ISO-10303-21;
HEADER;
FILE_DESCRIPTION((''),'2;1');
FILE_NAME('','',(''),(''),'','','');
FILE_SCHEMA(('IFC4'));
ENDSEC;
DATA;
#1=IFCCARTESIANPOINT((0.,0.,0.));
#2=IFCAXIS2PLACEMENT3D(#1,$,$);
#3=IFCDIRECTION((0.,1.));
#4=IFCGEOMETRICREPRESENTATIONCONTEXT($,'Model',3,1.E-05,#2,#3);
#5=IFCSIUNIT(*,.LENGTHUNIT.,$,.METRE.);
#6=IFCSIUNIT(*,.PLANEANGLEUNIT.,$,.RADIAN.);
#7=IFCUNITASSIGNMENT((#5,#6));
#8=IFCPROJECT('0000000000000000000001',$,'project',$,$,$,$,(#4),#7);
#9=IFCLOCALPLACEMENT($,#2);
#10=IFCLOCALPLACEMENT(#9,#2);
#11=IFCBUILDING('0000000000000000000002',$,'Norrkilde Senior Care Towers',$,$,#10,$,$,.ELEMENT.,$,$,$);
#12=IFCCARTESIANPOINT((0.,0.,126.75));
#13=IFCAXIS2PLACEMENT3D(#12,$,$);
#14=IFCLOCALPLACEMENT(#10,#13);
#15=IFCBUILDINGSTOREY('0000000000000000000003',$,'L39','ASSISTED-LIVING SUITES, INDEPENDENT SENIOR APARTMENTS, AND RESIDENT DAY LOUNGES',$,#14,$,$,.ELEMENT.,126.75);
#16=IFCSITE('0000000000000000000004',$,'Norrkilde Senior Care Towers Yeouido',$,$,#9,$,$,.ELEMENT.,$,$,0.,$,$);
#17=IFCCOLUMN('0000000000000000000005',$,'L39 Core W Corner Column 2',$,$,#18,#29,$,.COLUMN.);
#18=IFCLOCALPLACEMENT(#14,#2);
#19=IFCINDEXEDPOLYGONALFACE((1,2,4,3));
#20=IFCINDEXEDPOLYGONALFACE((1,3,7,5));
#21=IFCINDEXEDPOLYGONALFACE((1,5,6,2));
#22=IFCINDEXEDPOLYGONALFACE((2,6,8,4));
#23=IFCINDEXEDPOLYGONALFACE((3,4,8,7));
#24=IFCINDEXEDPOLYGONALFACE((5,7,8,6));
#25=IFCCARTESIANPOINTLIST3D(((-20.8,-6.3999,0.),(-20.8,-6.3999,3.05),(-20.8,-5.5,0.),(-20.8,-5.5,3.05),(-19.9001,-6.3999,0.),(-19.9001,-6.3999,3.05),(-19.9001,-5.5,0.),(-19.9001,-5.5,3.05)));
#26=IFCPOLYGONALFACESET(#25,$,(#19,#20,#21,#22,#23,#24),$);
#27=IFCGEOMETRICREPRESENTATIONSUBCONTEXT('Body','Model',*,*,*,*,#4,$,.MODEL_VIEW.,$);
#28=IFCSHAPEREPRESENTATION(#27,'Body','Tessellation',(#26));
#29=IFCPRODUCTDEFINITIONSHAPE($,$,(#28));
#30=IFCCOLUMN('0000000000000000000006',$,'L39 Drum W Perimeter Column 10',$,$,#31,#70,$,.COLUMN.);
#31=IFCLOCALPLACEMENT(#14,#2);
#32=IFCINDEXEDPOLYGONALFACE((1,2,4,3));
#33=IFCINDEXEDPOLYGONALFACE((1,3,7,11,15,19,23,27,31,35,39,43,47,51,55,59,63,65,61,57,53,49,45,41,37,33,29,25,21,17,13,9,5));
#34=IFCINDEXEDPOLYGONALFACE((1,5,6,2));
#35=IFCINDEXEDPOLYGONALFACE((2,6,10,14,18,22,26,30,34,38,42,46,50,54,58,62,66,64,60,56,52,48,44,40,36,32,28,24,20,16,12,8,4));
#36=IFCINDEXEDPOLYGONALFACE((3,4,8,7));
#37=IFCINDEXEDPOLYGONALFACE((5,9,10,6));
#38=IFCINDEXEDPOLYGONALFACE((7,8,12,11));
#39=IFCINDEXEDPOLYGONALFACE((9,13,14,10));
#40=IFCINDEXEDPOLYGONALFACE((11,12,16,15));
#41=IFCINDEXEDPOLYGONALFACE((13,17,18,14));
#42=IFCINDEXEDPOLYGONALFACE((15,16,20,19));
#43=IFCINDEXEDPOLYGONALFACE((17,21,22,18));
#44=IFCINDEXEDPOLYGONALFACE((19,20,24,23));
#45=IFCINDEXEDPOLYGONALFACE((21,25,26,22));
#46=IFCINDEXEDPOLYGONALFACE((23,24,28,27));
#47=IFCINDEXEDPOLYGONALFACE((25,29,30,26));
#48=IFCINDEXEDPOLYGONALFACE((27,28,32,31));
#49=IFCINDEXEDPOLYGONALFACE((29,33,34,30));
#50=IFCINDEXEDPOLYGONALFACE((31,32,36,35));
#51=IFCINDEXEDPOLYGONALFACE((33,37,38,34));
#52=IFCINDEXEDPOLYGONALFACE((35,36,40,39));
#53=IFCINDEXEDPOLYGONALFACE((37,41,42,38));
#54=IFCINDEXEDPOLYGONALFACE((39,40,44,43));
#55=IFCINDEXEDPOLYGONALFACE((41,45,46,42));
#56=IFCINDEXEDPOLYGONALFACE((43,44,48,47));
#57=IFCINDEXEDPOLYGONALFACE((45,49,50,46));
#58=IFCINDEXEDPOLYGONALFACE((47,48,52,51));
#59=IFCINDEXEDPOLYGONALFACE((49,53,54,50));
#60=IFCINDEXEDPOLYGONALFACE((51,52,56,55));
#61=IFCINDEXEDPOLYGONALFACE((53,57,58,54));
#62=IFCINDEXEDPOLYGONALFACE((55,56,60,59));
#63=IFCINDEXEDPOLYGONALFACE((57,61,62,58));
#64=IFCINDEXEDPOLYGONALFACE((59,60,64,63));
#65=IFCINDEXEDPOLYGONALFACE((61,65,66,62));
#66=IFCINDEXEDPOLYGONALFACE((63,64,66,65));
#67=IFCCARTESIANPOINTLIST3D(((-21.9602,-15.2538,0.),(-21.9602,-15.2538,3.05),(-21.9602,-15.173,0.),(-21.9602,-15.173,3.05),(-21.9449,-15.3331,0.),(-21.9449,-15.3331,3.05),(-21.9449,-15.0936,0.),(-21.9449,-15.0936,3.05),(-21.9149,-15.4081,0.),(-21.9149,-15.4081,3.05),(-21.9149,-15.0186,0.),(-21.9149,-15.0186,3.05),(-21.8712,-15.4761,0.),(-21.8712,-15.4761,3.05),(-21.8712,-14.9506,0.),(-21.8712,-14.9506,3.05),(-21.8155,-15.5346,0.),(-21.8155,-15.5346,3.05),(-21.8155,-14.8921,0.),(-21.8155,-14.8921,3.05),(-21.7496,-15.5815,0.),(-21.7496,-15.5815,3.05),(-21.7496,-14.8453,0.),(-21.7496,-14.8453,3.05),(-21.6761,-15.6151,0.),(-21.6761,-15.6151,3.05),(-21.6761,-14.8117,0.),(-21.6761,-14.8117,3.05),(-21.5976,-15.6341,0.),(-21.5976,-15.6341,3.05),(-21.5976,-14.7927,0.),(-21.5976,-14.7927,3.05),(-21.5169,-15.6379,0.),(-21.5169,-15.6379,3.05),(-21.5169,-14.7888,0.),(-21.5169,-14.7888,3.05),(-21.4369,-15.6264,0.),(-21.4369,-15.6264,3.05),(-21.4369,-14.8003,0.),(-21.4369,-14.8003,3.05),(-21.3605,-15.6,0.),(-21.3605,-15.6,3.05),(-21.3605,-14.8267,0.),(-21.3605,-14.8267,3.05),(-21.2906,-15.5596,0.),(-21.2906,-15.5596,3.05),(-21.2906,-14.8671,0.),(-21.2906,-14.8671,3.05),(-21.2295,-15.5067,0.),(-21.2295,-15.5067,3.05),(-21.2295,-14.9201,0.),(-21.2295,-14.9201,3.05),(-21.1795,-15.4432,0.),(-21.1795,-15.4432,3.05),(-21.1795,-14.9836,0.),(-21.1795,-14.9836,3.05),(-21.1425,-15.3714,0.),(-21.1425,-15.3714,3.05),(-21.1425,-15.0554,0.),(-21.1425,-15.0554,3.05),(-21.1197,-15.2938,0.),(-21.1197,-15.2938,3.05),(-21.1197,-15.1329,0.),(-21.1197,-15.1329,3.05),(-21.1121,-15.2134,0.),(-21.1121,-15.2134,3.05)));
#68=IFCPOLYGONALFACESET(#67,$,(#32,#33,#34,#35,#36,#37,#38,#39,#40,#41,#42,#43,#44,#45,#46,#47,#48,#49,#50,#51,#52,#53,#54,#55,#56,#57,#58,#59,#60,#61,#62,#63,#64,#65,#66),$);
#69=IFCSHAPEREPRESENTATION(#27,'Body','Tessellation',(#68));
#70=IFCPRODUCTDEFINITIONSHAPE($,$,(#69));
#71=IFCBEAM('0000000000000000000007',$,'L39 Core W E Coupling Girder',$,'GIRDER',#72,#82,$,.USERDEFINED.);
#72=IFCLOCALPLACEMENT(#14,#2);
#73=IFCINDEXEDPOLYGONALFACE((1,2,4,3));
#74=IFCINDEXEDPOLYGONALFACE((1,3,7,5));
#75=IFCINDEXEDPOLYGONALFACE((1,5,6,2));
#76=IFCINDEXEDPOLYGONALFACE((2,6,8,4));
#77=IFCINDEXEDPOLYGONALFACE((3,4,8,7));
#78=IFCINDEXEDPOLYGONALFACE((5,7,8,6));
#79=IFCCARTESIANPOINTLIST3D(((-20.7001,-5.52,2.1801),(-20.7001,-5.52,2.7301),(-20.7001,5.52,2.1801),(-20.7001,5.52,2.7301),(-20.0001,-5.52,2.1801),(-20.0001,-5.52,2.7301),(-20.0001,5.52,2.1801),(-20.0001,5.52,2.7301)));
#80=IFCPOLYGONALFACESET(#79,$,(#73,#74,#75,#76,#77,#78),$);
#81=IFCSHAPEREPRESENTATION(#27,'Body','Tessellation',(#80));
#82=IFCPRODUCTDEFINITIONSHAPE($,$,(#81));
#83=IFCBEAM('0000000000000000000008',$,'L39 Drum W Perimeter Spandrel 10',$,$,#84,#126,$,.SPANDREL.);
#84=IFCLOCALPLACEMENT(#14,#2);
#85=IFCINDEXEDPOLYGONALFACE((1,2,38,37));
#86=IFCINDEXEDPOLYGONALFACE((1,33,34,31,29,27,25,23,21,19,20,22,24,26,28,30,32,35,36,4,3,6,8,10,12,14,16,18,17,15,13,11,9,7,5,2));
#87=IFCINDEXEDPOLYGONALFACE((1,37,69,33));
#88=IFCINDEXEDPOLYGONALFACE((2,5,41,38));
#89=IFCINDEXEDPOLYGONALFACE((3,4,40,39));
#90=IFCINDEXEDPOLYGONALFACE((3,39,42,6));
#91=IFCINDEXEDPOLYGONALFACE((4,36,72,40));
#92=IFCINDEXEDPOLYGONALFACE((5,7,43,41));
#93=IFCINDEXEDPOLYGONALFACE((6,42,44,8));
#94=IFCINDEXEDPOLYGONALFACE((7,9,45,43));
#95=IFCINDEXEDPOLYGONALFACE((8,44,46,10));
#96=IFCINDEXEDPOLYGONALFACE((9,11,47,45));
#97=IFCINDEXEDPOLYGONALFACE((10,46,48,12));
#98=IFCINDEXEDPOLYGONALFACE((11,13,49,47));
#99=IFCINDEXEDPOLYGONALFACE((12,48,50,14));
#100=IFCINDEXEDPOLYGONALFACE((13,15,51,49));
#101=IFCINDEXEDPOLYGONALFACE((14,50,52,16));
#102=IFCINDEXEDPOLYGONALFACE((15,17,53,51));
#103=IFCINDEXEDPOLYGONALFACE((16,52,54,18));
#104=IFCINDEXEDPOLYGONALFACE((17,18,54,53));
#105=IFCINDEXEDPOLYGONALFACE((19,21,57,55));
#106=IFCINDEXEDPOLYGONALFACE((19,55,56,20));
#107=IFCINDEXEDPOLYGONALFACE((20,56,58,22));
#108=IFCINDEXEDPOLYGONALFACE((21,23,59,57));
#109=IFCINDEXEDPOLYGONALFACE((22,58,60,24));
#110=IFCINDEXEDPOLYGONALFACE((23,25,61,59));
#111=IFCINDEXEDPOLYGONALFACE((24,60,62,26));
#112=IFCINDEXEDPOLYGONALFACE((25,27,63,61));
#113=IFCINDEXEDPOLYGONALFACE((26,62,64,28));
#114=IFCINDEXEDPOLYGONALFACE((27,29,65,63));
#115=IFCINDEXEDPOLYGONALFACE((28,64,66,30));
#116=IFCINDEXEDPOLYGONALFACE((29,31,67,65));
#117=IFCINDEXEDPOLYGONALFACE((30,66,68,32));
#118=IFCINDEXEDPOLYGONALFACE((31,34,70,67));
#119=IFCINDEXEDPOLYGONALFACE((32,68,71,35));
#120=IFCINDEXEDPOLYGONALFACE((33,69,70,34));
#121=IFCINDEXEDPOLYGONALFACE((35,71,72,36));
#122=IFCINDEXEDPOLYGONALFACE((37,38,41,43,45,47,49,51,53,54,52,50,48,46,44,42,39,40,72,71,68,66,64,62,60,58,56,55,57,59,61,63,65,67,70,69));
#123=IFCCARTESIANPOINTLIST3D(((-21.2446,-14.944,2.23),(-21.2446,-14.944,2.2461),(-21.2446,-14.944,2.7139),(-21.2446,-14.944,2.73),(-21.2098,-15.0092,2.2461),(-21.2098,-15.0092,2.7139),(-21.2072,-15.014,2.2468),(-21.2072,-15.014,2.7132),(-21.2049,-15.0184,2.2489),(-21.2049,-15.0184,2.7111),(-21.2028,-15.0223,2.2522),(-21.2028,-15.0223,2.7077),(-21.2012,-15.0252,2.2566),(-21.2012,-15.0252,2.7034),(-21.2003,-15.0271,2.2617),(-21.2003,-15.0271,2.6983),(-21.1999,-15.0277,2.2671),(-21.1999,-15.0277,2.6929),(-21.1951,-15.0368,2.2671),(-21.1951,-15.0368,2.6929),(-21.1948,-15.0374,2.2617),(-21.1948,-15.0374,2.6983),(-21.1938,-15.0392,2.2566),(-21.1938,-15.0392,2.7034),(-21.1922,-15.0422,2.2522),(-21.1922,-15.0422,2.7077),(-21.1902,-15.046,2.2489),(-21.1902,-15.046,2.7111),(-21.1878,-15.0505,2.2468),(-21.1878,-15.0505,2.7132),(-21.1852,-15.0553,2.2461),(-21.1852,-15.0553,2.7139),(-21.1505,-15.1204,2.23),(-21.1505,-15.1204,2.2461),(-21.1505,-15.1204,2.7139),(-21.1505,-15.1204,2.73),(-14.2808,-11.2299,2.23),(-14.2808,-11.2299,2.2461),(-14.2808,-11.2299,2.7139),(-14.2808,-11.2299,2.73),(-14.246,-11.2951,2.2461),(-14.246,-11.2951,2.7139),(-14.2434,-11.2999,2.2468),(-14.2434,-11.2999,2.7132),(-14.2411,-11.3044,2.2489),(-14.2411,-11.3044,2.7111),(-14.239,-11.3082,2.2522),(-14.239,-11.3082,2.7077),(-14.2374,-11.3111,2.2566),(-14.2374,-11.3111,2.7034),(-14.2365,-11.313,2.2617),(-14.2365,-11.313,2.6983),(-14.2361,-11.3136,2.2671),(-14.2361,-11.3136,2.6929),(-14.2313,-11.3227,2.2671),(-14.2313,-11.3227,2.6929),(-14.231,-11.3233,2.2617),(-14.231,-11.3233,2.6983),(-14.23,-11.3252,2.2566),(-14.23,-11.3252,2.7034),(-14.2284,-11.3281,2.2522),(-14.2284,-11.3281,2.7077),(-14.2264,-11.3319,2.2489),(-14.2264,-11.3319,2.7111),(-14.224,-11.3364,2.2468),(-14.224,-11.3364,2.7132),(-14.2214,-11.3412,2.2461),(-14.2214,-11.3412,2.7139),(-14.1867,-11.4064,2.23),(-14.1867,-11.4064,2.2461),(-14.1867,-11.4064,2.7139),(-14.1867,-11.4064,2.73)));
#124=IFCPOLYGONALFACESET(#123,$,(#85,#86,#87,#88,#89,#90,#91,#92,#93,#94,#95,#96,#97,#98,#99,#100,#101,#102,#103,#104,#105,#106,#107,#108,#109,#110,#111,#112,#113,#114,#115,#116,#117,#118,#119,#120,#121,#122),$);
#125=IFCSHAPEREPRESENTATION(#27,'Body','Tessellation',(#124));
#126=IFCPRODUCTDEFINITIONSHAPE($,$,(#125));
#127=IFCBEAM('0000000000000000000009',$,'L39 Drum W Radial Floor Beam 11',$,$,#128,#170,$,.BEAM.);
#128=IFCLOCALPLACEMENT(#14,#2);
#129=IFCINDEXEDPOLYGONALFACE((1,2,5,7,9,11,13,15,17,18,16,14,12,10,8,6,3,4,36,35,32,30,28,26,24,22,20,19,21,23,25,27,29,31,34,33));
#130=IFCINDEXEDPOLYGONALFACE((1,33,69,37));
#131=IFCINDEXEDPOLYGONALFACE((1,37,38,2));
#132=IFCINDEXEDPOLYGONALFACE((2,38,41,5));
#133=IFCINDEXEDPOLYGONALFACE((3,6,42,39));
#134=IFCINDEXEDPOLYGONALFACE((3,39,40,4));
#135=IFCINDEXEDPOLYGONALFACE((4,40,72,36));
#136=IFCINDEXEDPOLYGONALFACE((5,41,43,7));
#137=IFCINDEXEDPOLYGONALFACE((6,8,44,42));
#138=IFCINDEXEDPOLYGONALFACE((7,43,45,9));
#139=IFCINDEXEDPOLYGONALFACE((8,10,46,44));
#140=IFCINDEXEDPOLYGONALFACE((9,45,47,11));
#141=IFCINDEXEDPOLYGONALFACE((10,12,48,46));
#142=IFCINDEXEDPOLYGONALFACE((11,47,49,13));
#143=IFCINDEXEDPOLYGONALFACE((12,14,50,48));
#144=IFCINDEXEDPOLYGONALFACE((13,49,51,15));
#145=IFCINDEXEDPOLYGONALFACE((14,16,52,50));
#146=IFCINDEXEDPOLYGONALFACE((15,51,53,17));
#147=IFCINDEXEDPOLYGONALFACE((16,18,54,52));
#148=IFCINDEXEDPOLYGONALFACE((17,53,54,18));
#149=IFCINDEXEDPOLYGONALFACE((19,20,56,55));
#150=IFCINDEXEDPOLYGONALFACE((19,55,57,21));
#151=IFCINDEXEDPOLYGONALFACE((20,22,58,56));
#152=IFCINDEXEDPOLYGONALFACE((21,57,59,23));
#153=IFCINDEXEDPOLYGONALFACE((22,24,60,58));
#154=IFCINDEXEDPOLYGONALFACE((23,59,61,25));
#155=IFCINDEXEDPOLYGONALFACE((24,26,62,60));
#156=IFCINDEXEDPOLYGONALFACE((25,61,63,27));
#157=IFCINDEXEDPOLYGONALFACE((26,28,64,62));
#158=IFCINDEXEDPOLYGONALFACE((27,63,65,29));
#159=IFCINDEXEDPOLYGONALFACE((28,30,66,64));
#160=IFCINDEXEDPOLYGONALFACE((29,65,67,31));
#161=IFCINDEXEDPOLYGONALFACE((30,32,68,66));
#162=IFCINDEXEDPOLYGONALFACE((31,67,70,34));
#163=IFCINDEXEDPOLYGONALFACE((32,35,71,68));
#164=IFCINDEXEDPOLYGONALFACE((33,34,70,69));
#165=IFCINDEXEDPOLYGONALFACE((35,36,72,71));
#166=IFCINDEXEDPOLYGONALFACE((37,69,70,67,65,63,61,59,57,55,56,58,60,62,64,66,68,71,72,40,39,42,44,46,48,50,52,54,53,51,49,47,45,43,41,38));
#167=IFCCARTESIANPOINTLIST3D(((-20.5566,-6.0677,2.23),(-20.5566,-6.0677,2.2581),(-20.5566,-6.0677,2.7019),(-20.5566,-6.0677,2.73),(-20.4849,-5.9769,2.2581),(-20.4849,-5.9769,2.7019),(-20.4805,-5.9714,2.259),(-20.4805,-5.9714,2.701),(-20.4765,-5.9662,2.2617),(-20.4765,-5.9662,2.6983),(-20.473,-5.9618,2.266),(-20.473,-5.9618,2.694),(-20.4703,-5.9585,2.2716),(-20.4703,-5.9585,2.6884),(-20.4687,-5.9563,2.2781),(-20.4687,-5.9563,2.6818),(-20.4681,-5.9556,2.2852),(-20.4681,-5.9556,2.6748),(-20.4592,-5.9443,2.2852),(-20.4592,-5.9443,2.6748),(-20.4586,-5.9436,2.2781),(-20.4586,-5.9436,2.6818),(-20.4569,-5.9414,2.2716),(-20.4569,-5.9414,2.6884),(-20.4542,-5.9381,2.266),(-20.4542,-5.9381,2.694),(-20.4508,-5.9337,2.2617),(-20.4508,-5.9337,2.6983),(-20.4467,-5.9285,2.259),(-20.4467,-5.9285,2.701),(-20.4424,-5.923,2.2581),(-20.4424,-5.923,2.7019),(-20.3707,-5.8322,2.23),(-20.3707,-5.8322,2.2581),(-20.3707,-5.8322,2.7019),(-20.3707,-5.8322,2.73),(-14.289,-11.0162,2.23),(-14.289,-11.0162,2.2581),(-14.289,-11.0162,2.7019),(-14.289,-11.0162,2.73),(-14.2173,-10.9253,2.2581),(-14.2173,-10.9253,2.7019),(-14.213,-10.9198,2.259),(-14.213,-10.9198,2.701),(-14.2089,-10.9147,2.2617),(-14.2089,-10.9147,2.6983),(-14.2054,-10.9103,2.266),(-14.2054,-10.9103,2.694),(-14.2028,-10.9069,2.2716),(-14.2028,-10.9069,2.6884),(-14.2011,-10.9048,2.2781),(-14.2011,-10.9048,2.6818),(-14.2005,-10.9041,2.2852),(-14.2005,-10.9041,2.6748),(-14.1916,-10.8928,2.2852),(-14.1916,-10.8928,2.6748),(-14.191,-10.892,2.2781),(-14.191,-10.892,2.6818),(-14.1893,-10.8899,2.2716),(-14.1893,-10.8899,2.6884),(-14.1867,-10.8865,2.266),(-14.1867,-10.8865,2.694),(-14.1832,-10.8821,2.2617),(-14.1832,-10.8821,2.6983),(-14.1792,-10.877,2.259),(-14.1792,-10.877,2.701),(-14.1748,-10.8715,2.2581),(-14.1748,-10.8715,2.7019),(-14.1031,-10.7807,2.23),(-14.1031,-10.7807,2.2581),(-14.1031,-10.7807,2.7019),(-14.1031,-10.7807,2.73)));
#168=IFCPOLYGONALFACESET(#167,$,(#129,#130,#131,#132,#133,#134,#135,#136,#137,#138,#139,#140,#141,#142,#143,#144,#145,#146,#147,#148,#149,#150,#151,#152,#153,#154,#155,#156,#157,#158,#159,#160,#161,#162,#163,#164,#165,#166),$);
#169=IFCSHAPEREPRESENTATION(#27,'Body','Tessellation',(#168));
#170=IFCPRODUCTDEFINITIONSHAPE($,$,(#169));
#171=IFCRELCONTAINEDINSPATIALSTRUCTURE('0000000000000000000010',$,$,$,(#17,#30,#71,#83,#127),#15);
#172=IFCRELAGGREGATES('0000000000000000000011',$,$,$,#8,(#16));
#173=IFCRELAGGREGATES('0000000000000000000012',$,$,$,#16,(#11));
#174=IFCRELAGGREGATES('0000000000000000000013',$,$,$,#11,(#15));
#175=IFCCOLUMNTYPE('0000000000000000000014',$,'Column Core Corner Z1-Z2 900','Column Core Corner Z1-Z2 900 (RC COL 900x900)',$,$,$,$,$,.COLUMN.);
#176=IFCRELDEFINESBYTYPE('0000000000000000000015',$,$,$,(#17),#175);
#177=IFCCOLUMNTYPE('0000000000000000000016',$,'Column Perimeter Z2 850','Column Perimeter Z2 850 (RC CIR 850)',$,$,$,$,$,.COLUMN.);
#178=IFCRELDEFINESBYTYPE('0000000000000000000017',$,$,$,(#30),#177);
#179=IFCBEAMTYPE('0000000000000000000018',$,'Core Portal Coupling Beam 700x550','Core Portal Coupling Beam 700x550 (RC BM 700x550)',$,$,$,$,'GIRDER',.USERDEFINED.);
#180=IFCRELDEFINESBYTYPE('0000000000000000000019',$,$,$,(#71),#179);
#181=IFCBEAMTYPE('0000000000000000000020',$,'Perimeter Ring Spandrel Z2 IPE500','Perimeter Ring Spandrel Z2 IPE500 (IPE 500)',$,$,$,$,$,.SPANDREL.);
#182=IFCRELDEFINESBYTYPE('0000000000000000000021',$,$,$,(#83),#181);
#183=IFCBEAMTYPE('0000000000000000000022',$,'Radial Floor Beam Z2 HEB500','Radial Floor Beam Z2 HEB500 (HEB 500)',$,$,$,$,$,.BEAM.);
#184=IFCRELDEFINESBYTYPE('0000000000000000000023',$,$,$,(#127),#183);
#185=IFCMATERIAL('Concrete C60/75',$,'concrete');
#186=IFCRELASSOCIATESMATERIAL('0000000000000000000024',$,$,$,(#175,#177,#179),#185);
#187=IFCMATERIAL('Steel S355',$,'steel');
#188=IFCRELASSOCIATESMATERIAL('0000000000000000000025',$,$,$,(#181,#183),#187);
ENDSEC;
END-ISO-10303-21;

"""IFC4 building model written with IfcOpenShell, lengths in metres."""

from ifc_helpers import new_model, si_unit, direction, frame, origin, origin_2d, place, context, subcontext, project, spatial, rectangle, circle, i_section, extrude, source, transform, mapped, material, material_profile, profile_set, type_object, type_shapes, element, save


model = new_model("IFC4")

# Units and contexts
model_context = context("Model", 3, precision=1e-05, world=origin(), true_north=direction((0.0, 1.0)))
body_context = subcontext(model_context, "Body", "Model", "MODEL_VIEW")
ifc_project = project(units=[si_unit("LENGTHUNIT", "METRE"), si_unit("PLANEANGLEUNIT", "RADIAN")], contexts=[model_context])

# Site, building, storey
site_placement = place(None, origin())
site = spatial("IfcSite", under=ifc_project, at=site_placement, Name="Norrkilde Senior Care Towers Yeouido", CompositionType="ELEMENT", RefElevation=0.0)
building_placement = place(site_placement, origin())
building = spatial("IfcBuilding", under=site, at=building_placement, Name="Norrkilde Senior Care Towers", CompositionType="ELEMENT")
storey_placement = place(building_placement, frame((0.0, 0.0, 126.75)))
storey = spatial("IfcBuildingStorey", under=building, at=storey_placement, Name="L39", Description="ASSISTED-LIVING SUITES, INDEPENDENT SENIOR APARTMENTS, AND RESIDENT DAY LOUNGES", CompositionType="ELEMENT", Elevation=126.75)

# Columns
ifc_material_1 = material(Name="Concrete C60/75", Category="concrete")
ifc_material_profile_1 = material_profile(ifc_material_1, rectangle(XDim=0.8999, YDim=0.8999, at=origin_2d()), Name="RC COL 900x900")
ifc_profile_set_1 = profile_set([ifc_material_profile_1], Name="Concrete C60/75")
column_type_1 = type_object("IfcColumnType", Name="Column Core Corner Z1-Z2 900", Description="Column Core Corner Z1-Z2 900 (RC COL 900x900)", PredefinedType="COLUMN", material=ifc_profile_set_1)
shared_shape_1 = source(origin(), body_context, "Body", "SweptSolid", [
    extrude(rectangle(XDim=0.8999, YDim=0.8999, at=origin_2d()), origin(), (0.0, 0.0, 1.0), 3.05),
])
type_shapes(column_type_1, [shared_shape_1])
column_1_placement = place(storey_placement, frame((-20.3501, -5.95, 0.0), z_axis=(0.0, 0.0, 1.0), x_axis=(1.0, 0.0, 0.0)))
element("IfcColumn", 1, at=column_1_placement, inside=storey, type_object=column_type_1, Name="L39 Core W Corner Column 2", PredefinedType="COLUMN", context=body_context, shape_type="MappedRepresentation", body=[
    mapped(shared_shape_1, transform((0.0, 0.0, 0.0), x_axis=(1.0, 0.0, 0.0), y_axis=(0.0, 1.0, 0.0), z_axis=(0.0, 0.0, 1.0), scale=1.0)),
])
ifc_material_profile_2 = material_profile(ifc_material_1, circle(Radius=0.425, at=origin_2d()), Name="RC CIR 850")
ifc_profile_set_2 = profile_set([ifc_material_profile_2], Name="Concrete C60/75")
column_type_2 = type_object("IfcColumnType", Name="Column Perimeter Z2 850", Description="Column Perimeter Z2 850 (RC CIR 850)", PredefinedType="COLUMN", material=ifc_profile_set_2)
shared_shape_2 = source(origin(), body_context, "Body", "SweptSolid", [
    extrude(circle(Radius=0.425, at=origin_2d()), origin(), (0.0, 0.0, 1.0), 3.05),
])
type_shapes(column_type_2, [shared_shape_2])
column_2_placement = place(storey_placement, frame((-21.5371, -15.2134, 0.0), z_axis=(0.0, 0.0, 1.0), x_axis=(1.0, 0.0, 0.0)))
element("IfcColumn", 2, at=column_2_placement, inside=storey, type_object=column_type_2, Name="L39 Drum W Perimeter Column 10", PredefinedType="COLUMN", context=body_context, shape_type="MappedRepresentation", body=[
    mapped(shared_shape_2, transform((0.0, 0.0, 0.0), x_axis=(1.0, 0.0, 0.0), y_axis=(0.0, 1.0, 0.0), z_axis=(0.0, 0.0, 1.0), scale=1.0)),
])

# Beams
ifc_material_profile_3 = material_profile(ifc_material_1, rectangle(XDim=0.7, YDim=0.55, at=origin_2d()), Name="RC BM 700x550")
ifc_profile_set_3 = profile_set([ifc_material_profile_3], Name="Concrete C60/75")
beam_type_1 = type_object("IfcBeamType", Name="Core Portal Coupling Beam 700x550", Description="Core Portal Coupling Beam 700x550 (RC BM 700x550)", ElementType="GIRDER", PredefinedType="USERDEFINED", material=ifc_profile_set_3)
shared_shape_3 = source(origin(), body_context, "Body", "SweptSolid", [
    extrude(rectangle(XDim=0.7, YDim=0.55, at=origin_2d()), origin(), (0.0, 0.0, 1.0), 11.04),
])
type_shapes(beam_type_1, [shared_shape_3])
beam_1_placement = place(storey_placement, frame((-20.3501, -5.52, 2.4551), z_axis=(0.0, 1.0, 0.0), x_axis=(-1.0, 0.0, 0.0)))
element("IfcBeam", 3, at=beam_1_placement, inside=storey, type_object=beam_type_1, Name="L39 Core W E Coupling Girder", ObjectType="GIRDER", PredefinedType="USERDEFINED", context=body_context, shape_type="MappedRepresentation", body=[
    mapped(shared_shape_3, transform((0.0, 0.0, 0.0), x_axis=(1.0, 0.0, 0.0), y_axis=(0.0, 1.0, 0.0), z_axis=(0.0, 0.0, 1.0), scale=1.0)),
])
ifc_material_2 = material(Name="Steel S355", Category="steel")
ifc_material_profile_4 = material_profile(ifc_material_2, i_section(OverallWidth=0.2, OverallDepth=0.5, WebThickness=0.0103, FlangeThickness=0.0161, FilletRadius=0.021, at=origin_2d()), Name="IPE 500")
ifc_profile_set_4 = profile_set([ifc_material_profile_4], Name="Steel S355")
beam_type_2 = type_object("IfcBeamType", Name="Perimeter Ring Spandrel Z2 IPE500", Description="Perimeter Ring Spandrel Z2 IPE500 (IPE 500)", PredefinedType="SPANDREL", material=ifc_profile_set_4)
shared_shape_4 = source(origin(), body_context, "Body", "SweptSolid", [
    extrude(i_section(OverallWidth=0.2, OverallDepth=0.5, WebThickness=0.0103, FlangeThickness=0.0161, FilletRadius=0.021, at=origin_2d()), origin(), (0.0, 0.0, 1.0), 7.8923),
])
type_shapes(beam_type_2, [shared_shape_4])
beam_2_placement = place(storey_placement, frame((-21.1975, -15.0322, 2.48), z_axis=(0.88235, 0.470593, 0.0), x_axis=(-0.470593, 0.88235, 0.0)))
element("IfcBeam", 4, at=beam_2_placement, inside=storey, type_object=beam_type_2, Name="L39 Drum W Perimeter Spandrel 10", PredefinedType="SPANDREL", context=body_context, shape_type="MappedRepresentation", body=[
    mapped(shared_shape_4, transform((0.0, 0.0, 0.0), x_axis=(1.0, 0.0, 0.0), y_axis=(0.0, 1.0, 0.0), z_axis=(0.0, 0.0, 1.0), scale=1.0)),
])
ifc_material_profile_5 = material_profile(ifc_material_2, i_section(OverallWidth=0.3, OverallDepth=0.5, WebThickness=0.0144, FlangeThickness=0.0281, FilletRadius=0.0271, at=origin_2d()), Name="HEB 500")
ifc_profile_set_5 = profile_set([ifc_material_profile_5], Name="Steel S355")
beam_type_3 = type_object("IfcBeamType", Name="Radial Floor Beam Z2 HEB500", Description="Radial Floor Beam Z2 HEB500 (HEB 500)", PredefinedType="BEAM", material=ifc_profile_set_5)
shared_shape_5 = source(origin(), body_context, "Body", "SweptSolid", [
    extrude(i_section(OverallWidth=0.3, OverallDepth=0.5, WebThickness=0.0144, FlangeThickness=0.0281, FilletRadius=0.0271, at=origin_2d()), origin(), (0.0, 0.0, 1.0), 7.9856),
])
beam_3_placement = place(storey_placement, frame((-20.4636, -5.95, 2.48), z_axis=(0.784859, -0.619675, 0.0), x_axis=(0.619675, 0.784859, 0.0)))
element("IfcBeam", 5, at=beam_3_placement, inside=storey, type_object=beam_type_3, Name="L39 Drum W Radial Floor Beam 11", PredefinedType="BEAM", context=body_context, shape_type="MappedRepresentation", body=[
    mapped(shared_shape_5, transform((0.0, 0.0, 0.0), x_axis=(1.0, 0.0, 0.0), y_axis=(0.0, 1.0, 0.0), z_axis=(0.0, 0.0, 1.0), scale=1.0)),
])

save(model, "model.ifc")
